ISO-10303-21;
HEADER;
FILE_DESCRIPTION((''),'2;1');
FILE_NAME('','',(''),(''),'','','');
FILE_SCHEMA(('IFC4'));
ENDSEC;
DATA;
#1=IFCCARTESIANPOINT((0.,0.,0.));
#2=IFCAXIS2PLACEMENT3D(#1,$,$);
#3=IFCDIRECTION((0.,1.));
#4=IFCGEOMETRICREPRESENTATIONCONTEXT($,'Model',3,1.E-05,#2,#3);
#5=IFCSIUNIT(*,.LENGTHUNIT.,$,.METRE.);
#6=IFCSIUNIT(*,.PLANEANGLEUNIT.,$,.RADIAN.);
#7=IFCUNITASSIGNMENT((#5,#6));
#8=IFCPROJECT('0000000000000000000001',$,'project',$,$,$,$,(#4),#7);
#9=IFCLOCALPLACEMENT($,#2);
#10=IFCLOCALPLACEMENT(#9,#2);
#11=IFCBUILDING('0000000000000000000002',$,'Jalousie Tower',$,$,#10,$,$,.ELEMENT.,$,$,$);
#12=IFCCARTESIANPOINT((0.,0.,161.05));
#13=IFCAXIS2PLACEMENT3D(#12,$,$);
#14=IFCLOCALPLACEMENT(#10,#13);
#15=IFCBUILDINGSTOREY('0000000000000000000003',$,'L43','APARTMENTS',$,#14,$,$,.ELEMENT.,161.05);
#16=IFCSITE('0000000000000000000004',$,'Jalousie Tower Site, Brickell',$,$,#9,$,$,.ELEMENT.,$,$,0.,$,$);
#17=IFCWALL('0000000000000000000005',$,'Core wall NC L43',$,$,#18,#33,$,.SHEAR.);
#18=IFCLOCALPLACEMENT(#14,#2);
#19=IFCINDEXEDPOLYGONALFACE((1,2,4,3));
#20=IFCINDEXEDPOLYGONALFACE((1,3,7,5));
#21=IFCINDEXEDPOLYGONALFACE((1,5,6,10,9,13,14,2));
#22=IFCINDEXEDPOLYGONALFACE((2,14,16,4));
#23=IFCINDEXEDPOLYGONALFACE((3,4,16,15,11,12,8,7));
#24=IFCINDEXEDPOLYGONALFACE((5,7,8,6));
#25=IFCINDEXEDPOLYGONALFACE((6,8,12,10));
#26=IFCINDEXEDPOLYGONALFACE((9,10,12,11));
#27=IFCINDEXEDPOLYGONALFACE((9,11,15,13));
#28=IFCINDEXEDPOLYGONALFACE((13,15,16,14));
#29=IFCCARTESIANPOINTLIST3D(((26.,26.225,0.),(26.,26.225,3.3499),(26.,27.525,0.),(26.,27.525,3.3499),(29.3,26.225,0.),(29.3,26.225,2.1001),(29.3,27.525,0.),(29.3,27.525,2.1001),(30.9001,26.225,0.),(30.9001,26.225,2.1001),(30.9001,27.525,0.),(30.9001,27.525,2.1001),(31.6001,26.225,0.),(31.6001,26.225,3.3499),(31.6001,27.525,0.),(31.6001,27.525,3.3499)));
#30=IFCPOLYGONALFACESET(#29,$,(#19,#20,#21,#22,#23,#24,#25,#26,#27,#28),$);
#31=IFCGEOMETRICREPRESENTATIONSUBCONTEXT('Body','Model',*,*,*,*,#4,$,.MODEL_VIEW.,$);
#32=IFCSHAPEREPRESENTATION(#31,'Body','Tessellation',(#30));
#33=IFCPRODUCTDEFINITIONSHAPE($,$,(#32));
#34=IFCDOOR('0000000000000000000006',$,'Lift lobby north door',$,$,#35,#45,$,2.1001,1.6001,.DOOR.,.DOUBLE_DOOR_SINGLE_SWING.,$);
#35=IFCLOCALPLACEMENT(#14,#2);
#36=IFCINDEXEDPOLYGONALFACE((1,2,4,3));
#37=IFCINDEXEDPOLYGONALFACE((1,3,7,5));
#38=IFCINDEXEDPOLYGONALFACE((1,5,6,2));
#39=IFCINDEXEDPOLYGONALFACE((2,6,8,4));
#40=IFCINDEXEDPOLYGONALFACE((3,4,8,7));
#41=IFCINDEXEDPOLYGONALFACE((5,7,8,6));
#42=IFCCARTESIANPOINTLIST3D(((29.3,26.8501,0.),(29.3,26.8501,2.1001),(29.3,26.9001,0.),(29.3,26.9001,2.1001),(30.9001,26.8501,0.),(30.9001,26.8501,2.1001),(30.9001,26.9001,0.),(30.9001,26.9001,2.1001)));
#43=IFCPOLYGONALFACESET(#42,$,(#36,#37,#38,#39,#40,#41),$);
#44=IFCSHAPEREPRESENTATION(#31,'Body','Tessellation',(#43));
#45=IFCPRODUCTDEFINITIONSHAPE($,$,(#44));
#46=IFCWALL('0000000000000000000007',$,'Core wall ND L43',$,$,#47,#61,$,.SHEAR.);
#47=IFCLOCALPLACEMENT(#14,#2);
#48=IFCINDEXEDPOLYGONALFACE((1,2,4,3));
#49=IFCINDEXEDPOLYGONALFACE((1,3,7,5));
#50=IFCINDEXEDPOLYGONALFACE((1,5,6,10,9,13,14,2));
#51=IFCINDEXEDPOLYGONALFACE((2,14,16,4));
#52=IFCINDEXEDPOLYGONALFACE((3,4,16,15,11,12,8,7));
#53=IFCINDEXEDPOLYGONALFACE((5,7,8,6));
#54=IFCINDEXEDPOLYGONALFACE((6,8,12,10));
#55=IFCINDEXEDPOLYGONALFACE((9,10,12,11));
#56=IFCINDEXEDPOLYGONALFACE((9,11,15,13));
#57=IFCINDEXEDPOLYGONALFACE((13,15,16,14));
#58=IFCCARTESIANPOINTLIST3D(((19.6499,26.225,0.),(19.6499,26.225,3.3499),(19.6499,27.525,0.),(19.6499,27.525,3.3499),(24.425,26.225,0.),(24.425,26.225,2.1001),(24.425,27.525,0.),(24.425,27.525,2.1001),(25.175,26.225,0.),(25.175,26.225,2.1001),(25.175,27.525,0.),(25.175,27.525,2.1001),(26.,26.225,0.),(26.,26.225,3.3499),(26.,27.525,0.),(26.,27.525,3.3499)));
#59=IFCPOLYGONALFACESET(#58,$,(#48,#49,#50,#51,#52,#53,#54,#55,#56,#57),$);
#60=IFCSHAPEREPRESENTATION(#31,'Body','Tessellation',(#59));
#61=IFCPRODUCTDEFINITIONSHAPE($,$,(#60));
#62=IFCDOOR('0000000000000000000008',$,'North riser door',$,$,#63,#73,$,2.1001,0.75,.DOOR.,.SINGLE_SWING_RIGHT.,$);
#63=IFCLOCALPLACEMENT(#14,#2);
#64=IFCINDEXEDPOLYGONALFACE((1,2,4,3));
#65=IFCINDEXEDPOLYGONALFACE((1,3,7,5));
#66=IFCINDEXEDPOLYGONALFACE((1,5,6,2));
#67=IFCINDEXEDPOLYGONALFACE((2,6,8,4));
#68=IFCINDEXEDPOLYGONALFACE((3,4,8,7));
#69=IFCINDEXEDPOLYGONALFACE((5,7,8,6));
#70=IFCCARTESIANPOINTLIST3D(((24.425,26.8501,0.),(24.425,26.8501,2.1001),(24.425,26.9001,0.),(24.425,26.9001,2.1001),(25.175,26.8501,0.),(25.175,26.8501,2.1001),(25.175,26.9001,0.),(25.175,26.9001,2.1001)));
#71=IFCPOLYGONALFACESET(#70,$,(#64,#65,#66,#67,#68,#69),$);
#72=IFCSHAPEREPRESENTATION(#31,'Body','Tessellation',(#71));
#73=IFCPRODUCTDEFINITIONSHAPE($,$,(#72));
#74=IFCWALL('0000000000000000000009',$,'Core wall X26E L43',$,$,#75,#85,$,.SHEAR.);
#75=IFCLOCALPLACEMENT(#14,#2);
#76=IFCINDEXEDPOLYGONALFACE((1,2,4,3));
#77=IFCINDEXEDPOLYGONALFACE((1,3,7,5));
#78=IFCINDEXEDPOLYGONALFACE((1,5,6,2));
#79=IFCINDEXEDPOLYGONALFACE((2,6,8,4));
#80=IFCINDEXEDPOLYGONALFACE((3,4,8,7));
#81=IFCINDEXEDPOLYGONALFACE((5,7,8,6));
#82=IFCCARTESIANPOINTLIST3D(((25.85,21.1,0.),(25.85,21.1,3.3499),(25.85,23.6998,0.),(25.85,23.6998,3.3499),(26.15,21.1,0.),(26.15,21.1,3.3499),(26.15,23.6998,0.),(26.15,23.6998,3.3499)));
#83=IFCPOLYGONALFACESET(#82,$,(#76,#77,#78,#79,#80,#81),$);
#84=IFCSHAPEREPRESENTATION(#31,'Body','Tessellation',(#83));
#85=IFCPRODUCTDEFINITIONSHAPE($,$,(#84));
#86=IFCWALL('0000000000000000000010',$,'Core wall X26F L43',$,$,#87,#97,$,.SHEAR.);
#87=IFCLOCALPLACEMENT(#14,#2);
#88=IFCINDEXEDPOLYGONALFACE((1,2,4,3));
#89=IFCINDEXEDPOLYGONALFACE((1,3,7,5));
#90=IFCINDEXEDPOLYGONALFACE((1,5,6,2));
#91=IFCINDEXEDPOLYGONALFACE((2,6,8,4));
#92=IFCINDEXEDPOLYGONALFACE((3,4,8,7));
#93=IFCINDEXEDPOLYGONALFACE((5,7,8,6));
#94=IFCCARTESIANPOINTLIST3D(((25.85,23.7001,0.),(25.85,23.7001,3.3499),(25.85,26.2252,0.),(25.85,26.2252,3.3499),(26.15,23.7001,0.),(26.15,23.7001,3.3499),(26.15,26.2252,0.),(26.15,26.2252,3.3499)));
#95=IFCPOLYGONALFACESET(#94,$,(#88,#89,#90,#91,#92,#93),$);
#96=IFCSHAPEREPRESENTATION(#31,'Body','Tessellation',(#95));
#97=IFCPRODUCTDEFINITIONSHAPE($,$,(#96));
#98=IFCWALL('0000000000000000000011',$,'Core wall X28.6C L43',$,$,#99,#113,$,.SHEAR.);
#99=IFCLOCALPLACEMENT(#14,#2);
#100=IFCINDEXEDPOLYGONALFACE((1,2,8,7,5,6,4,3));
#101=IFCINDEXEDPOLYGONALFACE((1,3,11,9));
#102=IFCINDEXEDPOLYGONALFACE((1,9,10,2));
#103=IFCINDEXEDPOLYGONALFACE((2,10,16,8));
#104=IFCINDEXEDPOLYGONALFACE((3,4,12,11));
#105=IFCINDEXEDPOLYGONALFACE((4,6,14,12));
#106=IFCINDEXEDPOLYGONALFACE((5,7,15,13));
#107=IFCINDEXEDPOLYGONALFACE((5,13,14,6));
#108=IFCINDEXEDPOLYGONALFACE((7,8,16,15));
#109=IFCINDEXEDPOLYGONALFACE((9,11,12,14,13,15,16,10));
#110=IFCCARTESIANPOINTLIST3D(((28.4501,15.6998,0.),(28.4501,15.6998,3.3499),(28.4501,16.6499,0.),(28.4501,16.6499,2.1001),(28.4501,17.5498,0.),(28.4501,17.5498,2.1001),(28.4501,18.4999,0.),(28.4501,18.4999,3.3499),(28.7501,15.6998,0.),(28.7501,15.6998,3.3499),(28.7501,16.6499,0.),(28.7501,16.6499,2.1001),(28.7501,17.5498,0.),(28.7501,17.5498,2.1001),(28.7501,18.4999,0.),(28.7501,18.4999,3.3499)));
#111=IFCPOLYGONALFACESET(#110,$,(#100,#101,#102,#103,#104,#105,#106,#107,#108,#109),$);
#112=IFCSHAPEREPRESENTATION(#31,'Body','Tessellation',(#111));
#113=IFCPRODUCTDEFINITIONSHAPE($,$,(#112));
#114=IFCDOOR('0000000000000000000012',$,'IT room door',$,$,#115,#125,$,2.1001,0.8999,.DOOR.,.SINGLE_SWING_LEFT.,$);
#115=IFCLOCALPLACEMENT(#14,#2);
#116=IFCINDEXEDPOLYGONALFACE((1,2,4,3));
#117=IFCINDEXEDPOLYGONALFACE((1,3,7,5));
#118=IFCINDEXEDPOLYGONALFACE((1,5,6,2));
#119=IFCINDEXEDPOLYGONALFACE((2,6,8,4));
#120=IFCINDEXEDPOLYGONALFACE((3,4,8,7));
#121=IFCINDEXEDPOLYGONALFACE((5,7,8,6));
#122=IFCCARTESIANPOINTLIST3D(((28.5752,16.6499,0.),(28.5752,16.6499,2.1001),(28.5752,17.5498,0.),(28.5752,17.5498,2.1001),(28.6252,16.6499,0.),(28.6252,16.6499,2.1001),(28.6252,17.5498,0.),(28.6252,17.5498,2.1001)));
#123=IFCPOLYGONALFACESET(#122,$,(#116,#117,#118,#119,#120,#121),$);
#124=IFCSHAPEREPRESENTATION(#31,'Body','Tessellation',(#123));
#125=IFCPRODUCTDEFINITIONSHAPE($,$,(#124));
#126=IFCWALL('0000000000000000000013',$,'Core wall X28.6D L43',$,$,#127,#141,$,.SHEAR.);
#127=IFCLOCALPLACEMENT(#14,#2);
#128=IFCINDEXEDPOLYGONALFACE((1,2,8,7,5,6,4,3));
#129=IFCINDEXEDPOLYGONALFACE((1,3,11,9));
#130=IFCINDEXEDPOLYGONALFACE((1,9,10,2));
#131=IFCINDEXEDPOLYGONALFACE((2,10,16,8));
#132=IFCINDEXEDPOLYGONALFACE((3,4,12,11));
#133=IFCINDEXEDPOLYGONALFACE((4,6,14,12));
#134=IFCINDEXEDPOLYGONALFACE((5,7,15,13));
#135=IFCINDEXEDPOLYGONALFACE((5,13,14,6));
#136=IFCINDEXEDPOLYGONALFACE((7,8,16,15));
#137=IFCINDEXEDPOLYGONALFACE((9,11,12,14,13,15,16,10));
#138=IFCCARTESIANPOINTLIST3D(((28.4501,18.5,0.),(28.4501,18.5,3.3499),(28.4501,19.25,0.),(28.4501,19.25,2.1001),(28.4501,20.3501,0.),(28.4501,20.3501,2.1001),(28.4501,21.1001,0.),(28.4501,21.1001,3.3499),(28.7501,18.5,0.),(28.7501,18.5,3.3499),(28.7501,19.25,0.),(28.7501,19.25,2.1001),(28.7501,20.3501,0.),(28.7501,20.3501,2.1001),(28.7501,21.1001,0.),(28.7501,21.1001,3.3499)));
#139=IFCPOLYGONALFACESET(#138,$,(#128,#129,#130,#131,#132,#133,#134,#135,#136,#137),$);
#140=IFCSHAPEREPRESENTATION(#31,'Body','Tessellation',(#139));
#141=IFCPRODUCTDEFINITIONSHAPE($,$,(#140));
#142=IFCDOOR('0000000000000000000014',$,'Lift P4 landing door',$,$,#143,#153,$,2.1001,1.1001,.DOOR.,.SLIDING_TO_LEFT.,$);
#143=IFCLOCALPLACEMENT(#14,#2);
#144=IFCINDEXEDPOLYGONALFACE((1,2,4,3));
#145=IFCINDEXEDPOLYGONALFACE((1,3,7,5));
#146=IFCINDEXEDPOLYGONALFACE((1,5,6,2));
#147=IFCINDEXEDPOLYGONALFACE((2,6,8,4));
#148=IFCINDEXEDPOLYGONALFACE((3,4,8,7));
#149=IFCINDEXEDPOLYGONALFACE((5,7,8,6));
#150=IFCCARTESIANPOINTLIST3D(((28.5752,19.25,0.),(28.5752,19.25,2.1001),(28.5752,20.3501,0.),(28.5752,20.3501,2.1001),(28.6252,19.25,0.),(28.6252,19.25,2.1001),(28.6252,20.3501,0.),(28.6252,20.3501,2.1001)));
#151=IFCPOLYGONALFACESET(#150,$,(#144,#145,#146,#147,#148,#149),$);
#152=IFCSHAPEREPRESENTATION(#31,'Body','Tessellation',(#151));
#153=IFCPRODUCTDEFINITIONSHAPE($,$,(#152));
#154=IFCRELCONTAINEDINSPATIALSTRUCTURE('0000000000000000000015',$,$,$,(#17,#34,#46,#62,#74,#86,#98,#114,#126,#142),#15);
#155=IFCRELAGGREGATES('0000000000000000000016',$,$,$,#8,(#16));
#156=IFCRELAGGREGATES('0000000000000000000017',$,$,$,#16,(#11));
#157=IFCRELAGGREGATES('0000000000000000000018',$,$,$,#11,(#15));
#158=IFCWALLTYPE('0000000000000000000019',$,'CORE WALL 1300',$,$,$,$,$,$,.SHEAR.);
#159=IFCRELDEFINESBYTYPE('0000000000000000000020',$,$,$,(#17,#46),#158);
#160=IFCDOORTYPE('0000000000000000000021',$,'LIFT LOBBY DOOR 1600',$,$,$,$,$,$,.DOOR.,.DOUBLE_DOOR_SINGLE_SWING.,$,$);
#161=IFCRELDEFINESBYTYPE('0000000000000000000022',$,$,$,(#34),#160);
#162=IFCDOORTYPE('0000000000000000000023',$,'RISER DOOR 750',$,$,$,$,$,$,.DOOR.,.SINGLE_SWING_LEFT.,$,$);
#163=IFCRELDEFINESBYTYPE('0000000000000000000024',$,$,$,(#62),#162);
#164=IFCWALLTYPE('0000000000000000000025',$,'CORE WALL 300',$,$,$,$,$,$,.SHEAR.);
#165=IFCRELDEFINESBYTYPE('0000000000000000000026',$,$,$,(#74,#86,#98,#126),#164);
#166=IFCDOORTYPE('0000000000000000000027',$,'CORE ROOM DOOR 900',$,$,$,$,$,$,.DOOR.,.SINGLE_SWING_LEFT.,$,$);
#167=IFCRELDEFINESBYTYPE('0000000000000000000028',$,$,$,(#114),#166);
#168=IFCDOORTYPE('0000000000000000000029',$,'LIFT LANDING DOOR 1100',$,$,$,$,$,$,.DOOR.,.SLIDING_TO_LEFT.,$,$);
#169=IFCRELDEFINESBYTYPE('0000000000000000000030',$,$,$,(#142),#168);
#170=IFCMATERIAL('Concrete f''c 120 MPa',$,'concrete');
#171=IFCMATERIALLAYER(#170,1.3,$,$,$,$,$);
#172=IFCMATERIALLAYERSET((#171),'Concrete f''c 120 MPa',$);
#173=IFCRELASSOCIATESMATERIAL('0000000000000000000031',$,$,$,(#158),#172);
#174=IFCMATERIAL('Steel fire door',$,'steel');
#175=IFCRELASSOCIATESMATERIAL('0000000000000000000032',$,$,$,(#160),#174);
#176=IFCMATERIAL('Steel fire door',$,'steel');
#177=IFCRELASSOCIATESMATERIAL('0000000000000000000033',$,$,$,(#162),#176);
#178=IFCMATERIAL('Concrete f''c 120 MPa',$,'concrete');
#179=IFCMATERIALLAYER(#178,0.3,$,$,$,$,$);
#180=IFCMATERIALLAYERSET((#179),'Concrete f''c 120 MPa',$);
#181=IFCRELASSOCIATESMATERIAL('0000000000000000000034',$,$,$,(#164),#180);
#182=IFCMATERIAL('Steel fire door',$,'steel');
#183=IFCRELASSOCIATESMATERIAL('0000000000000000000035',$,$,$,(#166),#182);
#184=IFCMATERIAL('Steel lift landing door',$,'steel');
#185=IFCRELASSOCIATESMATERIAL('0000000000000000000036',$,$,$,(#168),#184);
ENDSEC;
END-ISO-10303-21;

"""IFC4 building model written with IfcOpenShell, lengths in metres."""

from ifc_helpers import new_model, si_unit, direction, frame, frame_2d, origin, place, context, subcontext, project, spatial, rectangle, extrude, material, layer, layer_set, type_object, element, fill, save


model = new_model("IFC4")

# Units and contexts
model_context = context("Model", 3, precision=1e-05, world=origin(), true_north=direction((0.0, 1.0)))
body_context = subcontext(model_context, "Body", "Model", "MODEL_VIEW")
ifc_project = project(units=[si_unit("LENGTHUNIT", "METRE"), si_unit("PLANEANGLEUNIT", "RADIAN")], contexts=[model_context])

# Site, building, storey
site_placement = place(None, origin())
site = spatial("IfcSite", under=ifc_project, at=site_placement, Name="Jalousie Tower Site, Brickell", CompositionType="ELEMENT", RefElevation=0.0)
building_placement = place(site_placement, origin())
building = spatial("IfcBuilding", under=site, at=building_placement, Name="Jalousie Tower", CompositionType="ELEMENT")
storey_placement = place(building_placement, frame((0.0, 0.0, 161.05)))
storey = spatial("IfcBuildingStorey", under=building, at=storey_placement, Name="L43", Description="APARTMENTS", CompositionType="ELEMENT", Elevation=161.05)

# Walls, openings, doors
ifc_material_1 = material(Name="Concrete f'c 120 MPa", Category="concrete")
ifc_layer_1 = layer(ifc_material_1, 1.3)
ifc_layer_set_1 = layer_set([ifc_layer_1], Name="Concrete f'c 120 MPa")
wall_type_1 = type_object("IfcWallType", Name="CORE WALL 1300", PredefinedType="SHEAR", material=ifc_layer_set_1)
wall_1_placement = place(storey_placement, frame((31.6001, 26.875, 0.0), z_axis=(0.0, 0.0, 1.0), x_axis=(-1.0, 0.0, 0.0)))
wall_1 = element("IfcWall", 1, at=wall_1_placement, inside=storey, type_object=wall_type_1, Name="Core wall NC L43", PredefinedType="SHEAR", context=body_context, shape_type="SweptSolid", body=[
    extrude(rectangle(XDim=5.6001, YDim=1.3, at=frame_2d((2.8, 0.0))), origin(), (0.0, 0.0, 1.0), 3.3499),
])
opening_1_placement = place(wall_1_placement, frame((0.7, 0.0, 0.0)))
opening_1 = element("IfcOpeningElement", 2, at=opening_1_placement, cuts=wall_1, PredefinedType="OPENING", context=body_context, shape_type="SweptSolid", body=[
    extrude(rectangle(XDim=1.6001, YDim=2.1001, at=frame_2d((0.8, 1.05))), frame((0.0, 0.6599, 0.0), z_axis=(0.0, -1.0, 0.0), x_axis=(1.0, 0.0, 0.0)), (0.0, 0.0, 1.0), 1.3201),
])
ifc_material_2 = material(Name="Steel fire door", Category="steel")
door_type_1 = type_object("IfcDoorType", Name="LIFT LOBBY DOOR 1600", OperationType="DOUBLE_DOOR_SINGLE_SWING", PredefinedType="DOOR", material=ifc_material_2)
door_1_placement = place(opening_1_placement, origin())
door_1 = element("IfcDoor", 3, at=door_1_placement, inside=storey, type_object=door_type_1, Name="Lift lobby north door", OperationType="DOUBLE_DOOR_SINGLE_SWING", OverallHeight=2.1001, OverallWidth=1.6001, PredefinedType="DOOR", context=body_context, shape_type="SweptSolid", body=[
    extrude(rectangle(XDim=1.6001, YDim=2.1001, at=frame_2d((0.8, 1.05))), frame((0.0, 0.0249, 0.0), z_axis=(0.0, -1.0, 0.0), x_axis=(1.0, 0.0, 0.0)), (0.0, 0.0, 1.0), 0.05),
])
fill(opening_1, door_1)
wall_2_placement = place(storey_placement, frame((26.0, 26.875, 0.0), z_axis=(0.0, 0.0, 1.0), x_axis=(-1.0, 0.0, 0.0)))
wall_2 = element("IfcWall", 4, at=wall_2_placement, inside=storey, type_object=wall_type_1, Name="Core wall ND L43", PredefinedType="SHEAR", context=body_context, shape_type="SweptSolid", body=[
    extrude(rectangle(XDim=6.3501, YDim=1.3, at=frame_2d((3.175, 0.0))), origin(), (0.0, 0.0, 1.0), 3.3499),
])
opening_2_placement = place(wall_2_placement, frame((0.825, 0.0, 0.0)))
opening_2 = element("IfcOpeningElement", 5, at=opening_2_placement, cuts=wall_2, PredefinedType="OPENING", context=body_context, shape_type="SweptSolid", body=[
    extrude(rectangle(XDim=0.75, YDim=2.1001, at=frame_2d((0.375, 1.05))), frame((0.0, 0.6599, 0.0), z_axis=(0.0, -1.0, 0.0), x_axis=(1.0, 0.0, 0.0)), (0.0, 0.0, 1.0), 1.3201),
])
ifc_material_3 = material(Name="Steel fire door", Category="steel")
door_type_2 = type_object("IfcDoorType", Name="RISER DOOR 750", OperationType="SINGLE_SWING_LEFT", PredefinedType="DOOR", material=ifc_material_3)
door_2_placement = place(opening_2_placement, origin())
door_2 = element("IfcDoor", 6, at=door_2_placement, inside=storey, type_object=door_type_2, Name="North riser door", OperationType="SINGLE_SWING_RIGHT", OverallHeight=2.1001, OverallWidth=0.75, PredefinedType="DOOR", context=body_context, shape_type="SweptSolid", body=[
    extrude(rectangle(XDim=0.75, YDim=2.1001, at=frame_2d((0.375, 1.05))), frame((0.0, 0.0249, 0.0), z_axis=(0.0, -1.0, 0.0), x_axis=(1.0, 0.0, 0.0)), (0.0, 0.0, 1.0), 0.05),
])
fill(opening_2, door_2)

# Walls
ifc_material_4 = material(Name="Concrete f'c 120 MPa", Category="concrete")
ifc_layer_2 = layer(ifc_material_4, 0.3)
ifc_layer_set_2 = layer_set([ifc_layer_2], Name="Concrete f'c 120 MPa")
wall_type_2 = type_object("IfcWallType", Name="CORE WALL 300", PredefinedType="SHEAR", material=ifc_layer_set_2)
wall_3_placement = place(storey_placement, frame((26.0, 21.1001, 0.0), z_axis=(0.0, 0.0, 1.0), x_axis=(0.0, 1.0, 0.0)))
element("IfcWall", 7, at=wall_3_placement, inside=storey, type_object=wall_type_2, Name="Core wall X26E L43", PredefinedType="SHEAR", context=body_context, shape_type="SweptSolid", body=[
    extrude(rectangle(XDim=2.5999, YDim=0.3, at=frame_2d((1.2998, 0.0))), origin(), (0.0, 0.0, 1.0), 3.3499),
])
wall_4_placement = place(storey_placement, frame((26.0, 23.7, 0.0), z_axis=(0.0, 0.0, 1.0), x_axis=(0.0, 1.0, 0.0)))
element("IfcWall", 8, at=wall_4_placement, inside=storey, type_object=wall_type_2, Name="Core wall X26F L43", PredefinedType="SHEAR", context=body_context, shape_type="SweptSolid", body=[
    extrude(rectangle(XDim=2.5251, YDim=0.3, at=frame_2d((1.2627, 0.0))), origin(), (0.0, 0.0, 1.0), 3.3499),
])

# Walls, openings, doors
wall_5_placement = place(storey_placement, frame((28.6001, 15.7, 0.0), z_axis=(0.0, 0.0, 1.0), x_axis=(0.0, 1.0, 0.0)))
wall_5 = element("IfcWall", 9, at=wall_5_placement, inside=storey, type_object=wall_type_2, Name="Core wall X28.6C L43", PredefinedType="SHEAR", context=body_context, shape_type="SweptSolid", body=[
    extrude(rectangle(XDim=2.8, YDim=0.3, at=frame_2d((1.3999, 0.0))), origin(), (0.0, 0.0, 1.0), 3.3499),
])
opening_3_placement = place(wall_5_placement, frame((0.95, 0.0, 0.0)))
opening_3 = element("IfcOpeningElement", 10, at=opening_3_placement, cuts=wall_5, PredefinedType="OPENING", context=body_context, shape_type="SweptSolid", body=[
    extrude(rectangle(XDim=0.8999, YDim=2.1001, at=frame_2d((0.45, 1.05))), frame((0.0, 0.1599, 0.0), z_axis=(0.0, -1.0, 0.0), x_axis=(1.0, 0.0, 0.0)), (0.0, 0.0, 1.0), 0.3201),
])
ifc_material_5 = material(Name="Steel fire door", Category="steel")
door_type_3 = type_object("IfcDoorType", Name="CORE ROOM DOOR 900", OperationType="SINGLE_SWING_LEFT", PredefinedType="DOOR", material=ifc_material_5)
door_3_placement = place(opening_3_placement, origin())
door_3 = element("IfcDoor", 11, at=door_3_placement, inside=storey, type_object=door_type_3, Name="IT room door", OperationType="SINGLE_SWING_LEFT", OverallHeight=2.1001, OverallWidth=0.8999, PredefinedType="DOOR", context=body_context, shape_type="SweptSolid", body=[
    extrude(rectangle(XDim=0.8999, YDim=2.1001, at=frame_2d((0.45, 1.05))), frame((0.0, 0.0249, 0.0), z_axis=(0.0, -1.0, 0.0), x_axis=(1.0, 0.0, 0.0)), (0.0, 0.0, 1.0), 0.05),
])
fill(opening_3, door_3)
wall_6_placement = place(storey_placement, frame((28.6001, 18.5, 0.0), z_axis=(0.0, 0.0, 1.0), x_axis=(0.0, 1.0, 0.0)))
wall_6 = element("IfcWall", 12, at=wall_6_placement, inside=storey, type_object=wall_type_2, Name="Core wall X28.6D L43", PredefinedType="SHEAR", context=body_context, shape_type="SweptSolid", body=[
    extrude(rectangle(XDim=2.6001, YDim=0.3, at=frame_2d((1.3, 0.0))), origin(), (0.0, 0.0, 1.0), 3.3499),
])
opening_4_placement = place(wall_6_placement, frame((0.75, 0.0, 0.0)))
opening_4 = element("IfcOpeningElement", 13, at=opening_4_placement, cuts=wall_6, PredefinedType="OPENING", context=body_context, shape_type="SweptSolid", body=[
    extrude(rectangle(XDim=1.1001, YDim=2.1001, at=frame_2d((0.55, 1.05))), frame((0.0, 0.1599, 0.0), z_axis=(0.0, -1.0, 0.0), x_axis=(1.0, 0.0, 0.0)), (0.0, 0.0, 1.0), 0.3201),
])
ifc_material_6 = material(Name="Steel lift landing door", Category="steel")
door_type_4 = type_object("IfcDoorType", Name="LIFT LANDING DOOR 1100", OperationType="SLIDING_TO_LEFT", PredefinedType="DOOR", material=ifc_material_6)
door_4_placement = place(opening_4_placement, origin())
door_4 = element("IfcDoor", 14, at=door_4_placement, inside=storey, type_object=door_type_4, Name="Lift P4 landing door", OperationType="SLIDING_TO_LEFT", OverallHeight=2.1001, OverallWidth=1.1001, PredefinedType="DOOR", context=body_context, shape_type="SweptSolid", body=[
    extrude(rectangle(XDim=1.1001, YDim=2.1001, at=frame_2d((0.55, 1.05))), frame((0.0, 0.0249, 0.0), z_axis=(0.0, -1.0, 0.0), x_axis=(1.0, 0.0, 0.0)), (0.0, 0.0, 1.0), 0.05),
])
fill(opening_4, door_4)

save(model, "model.ifc")
